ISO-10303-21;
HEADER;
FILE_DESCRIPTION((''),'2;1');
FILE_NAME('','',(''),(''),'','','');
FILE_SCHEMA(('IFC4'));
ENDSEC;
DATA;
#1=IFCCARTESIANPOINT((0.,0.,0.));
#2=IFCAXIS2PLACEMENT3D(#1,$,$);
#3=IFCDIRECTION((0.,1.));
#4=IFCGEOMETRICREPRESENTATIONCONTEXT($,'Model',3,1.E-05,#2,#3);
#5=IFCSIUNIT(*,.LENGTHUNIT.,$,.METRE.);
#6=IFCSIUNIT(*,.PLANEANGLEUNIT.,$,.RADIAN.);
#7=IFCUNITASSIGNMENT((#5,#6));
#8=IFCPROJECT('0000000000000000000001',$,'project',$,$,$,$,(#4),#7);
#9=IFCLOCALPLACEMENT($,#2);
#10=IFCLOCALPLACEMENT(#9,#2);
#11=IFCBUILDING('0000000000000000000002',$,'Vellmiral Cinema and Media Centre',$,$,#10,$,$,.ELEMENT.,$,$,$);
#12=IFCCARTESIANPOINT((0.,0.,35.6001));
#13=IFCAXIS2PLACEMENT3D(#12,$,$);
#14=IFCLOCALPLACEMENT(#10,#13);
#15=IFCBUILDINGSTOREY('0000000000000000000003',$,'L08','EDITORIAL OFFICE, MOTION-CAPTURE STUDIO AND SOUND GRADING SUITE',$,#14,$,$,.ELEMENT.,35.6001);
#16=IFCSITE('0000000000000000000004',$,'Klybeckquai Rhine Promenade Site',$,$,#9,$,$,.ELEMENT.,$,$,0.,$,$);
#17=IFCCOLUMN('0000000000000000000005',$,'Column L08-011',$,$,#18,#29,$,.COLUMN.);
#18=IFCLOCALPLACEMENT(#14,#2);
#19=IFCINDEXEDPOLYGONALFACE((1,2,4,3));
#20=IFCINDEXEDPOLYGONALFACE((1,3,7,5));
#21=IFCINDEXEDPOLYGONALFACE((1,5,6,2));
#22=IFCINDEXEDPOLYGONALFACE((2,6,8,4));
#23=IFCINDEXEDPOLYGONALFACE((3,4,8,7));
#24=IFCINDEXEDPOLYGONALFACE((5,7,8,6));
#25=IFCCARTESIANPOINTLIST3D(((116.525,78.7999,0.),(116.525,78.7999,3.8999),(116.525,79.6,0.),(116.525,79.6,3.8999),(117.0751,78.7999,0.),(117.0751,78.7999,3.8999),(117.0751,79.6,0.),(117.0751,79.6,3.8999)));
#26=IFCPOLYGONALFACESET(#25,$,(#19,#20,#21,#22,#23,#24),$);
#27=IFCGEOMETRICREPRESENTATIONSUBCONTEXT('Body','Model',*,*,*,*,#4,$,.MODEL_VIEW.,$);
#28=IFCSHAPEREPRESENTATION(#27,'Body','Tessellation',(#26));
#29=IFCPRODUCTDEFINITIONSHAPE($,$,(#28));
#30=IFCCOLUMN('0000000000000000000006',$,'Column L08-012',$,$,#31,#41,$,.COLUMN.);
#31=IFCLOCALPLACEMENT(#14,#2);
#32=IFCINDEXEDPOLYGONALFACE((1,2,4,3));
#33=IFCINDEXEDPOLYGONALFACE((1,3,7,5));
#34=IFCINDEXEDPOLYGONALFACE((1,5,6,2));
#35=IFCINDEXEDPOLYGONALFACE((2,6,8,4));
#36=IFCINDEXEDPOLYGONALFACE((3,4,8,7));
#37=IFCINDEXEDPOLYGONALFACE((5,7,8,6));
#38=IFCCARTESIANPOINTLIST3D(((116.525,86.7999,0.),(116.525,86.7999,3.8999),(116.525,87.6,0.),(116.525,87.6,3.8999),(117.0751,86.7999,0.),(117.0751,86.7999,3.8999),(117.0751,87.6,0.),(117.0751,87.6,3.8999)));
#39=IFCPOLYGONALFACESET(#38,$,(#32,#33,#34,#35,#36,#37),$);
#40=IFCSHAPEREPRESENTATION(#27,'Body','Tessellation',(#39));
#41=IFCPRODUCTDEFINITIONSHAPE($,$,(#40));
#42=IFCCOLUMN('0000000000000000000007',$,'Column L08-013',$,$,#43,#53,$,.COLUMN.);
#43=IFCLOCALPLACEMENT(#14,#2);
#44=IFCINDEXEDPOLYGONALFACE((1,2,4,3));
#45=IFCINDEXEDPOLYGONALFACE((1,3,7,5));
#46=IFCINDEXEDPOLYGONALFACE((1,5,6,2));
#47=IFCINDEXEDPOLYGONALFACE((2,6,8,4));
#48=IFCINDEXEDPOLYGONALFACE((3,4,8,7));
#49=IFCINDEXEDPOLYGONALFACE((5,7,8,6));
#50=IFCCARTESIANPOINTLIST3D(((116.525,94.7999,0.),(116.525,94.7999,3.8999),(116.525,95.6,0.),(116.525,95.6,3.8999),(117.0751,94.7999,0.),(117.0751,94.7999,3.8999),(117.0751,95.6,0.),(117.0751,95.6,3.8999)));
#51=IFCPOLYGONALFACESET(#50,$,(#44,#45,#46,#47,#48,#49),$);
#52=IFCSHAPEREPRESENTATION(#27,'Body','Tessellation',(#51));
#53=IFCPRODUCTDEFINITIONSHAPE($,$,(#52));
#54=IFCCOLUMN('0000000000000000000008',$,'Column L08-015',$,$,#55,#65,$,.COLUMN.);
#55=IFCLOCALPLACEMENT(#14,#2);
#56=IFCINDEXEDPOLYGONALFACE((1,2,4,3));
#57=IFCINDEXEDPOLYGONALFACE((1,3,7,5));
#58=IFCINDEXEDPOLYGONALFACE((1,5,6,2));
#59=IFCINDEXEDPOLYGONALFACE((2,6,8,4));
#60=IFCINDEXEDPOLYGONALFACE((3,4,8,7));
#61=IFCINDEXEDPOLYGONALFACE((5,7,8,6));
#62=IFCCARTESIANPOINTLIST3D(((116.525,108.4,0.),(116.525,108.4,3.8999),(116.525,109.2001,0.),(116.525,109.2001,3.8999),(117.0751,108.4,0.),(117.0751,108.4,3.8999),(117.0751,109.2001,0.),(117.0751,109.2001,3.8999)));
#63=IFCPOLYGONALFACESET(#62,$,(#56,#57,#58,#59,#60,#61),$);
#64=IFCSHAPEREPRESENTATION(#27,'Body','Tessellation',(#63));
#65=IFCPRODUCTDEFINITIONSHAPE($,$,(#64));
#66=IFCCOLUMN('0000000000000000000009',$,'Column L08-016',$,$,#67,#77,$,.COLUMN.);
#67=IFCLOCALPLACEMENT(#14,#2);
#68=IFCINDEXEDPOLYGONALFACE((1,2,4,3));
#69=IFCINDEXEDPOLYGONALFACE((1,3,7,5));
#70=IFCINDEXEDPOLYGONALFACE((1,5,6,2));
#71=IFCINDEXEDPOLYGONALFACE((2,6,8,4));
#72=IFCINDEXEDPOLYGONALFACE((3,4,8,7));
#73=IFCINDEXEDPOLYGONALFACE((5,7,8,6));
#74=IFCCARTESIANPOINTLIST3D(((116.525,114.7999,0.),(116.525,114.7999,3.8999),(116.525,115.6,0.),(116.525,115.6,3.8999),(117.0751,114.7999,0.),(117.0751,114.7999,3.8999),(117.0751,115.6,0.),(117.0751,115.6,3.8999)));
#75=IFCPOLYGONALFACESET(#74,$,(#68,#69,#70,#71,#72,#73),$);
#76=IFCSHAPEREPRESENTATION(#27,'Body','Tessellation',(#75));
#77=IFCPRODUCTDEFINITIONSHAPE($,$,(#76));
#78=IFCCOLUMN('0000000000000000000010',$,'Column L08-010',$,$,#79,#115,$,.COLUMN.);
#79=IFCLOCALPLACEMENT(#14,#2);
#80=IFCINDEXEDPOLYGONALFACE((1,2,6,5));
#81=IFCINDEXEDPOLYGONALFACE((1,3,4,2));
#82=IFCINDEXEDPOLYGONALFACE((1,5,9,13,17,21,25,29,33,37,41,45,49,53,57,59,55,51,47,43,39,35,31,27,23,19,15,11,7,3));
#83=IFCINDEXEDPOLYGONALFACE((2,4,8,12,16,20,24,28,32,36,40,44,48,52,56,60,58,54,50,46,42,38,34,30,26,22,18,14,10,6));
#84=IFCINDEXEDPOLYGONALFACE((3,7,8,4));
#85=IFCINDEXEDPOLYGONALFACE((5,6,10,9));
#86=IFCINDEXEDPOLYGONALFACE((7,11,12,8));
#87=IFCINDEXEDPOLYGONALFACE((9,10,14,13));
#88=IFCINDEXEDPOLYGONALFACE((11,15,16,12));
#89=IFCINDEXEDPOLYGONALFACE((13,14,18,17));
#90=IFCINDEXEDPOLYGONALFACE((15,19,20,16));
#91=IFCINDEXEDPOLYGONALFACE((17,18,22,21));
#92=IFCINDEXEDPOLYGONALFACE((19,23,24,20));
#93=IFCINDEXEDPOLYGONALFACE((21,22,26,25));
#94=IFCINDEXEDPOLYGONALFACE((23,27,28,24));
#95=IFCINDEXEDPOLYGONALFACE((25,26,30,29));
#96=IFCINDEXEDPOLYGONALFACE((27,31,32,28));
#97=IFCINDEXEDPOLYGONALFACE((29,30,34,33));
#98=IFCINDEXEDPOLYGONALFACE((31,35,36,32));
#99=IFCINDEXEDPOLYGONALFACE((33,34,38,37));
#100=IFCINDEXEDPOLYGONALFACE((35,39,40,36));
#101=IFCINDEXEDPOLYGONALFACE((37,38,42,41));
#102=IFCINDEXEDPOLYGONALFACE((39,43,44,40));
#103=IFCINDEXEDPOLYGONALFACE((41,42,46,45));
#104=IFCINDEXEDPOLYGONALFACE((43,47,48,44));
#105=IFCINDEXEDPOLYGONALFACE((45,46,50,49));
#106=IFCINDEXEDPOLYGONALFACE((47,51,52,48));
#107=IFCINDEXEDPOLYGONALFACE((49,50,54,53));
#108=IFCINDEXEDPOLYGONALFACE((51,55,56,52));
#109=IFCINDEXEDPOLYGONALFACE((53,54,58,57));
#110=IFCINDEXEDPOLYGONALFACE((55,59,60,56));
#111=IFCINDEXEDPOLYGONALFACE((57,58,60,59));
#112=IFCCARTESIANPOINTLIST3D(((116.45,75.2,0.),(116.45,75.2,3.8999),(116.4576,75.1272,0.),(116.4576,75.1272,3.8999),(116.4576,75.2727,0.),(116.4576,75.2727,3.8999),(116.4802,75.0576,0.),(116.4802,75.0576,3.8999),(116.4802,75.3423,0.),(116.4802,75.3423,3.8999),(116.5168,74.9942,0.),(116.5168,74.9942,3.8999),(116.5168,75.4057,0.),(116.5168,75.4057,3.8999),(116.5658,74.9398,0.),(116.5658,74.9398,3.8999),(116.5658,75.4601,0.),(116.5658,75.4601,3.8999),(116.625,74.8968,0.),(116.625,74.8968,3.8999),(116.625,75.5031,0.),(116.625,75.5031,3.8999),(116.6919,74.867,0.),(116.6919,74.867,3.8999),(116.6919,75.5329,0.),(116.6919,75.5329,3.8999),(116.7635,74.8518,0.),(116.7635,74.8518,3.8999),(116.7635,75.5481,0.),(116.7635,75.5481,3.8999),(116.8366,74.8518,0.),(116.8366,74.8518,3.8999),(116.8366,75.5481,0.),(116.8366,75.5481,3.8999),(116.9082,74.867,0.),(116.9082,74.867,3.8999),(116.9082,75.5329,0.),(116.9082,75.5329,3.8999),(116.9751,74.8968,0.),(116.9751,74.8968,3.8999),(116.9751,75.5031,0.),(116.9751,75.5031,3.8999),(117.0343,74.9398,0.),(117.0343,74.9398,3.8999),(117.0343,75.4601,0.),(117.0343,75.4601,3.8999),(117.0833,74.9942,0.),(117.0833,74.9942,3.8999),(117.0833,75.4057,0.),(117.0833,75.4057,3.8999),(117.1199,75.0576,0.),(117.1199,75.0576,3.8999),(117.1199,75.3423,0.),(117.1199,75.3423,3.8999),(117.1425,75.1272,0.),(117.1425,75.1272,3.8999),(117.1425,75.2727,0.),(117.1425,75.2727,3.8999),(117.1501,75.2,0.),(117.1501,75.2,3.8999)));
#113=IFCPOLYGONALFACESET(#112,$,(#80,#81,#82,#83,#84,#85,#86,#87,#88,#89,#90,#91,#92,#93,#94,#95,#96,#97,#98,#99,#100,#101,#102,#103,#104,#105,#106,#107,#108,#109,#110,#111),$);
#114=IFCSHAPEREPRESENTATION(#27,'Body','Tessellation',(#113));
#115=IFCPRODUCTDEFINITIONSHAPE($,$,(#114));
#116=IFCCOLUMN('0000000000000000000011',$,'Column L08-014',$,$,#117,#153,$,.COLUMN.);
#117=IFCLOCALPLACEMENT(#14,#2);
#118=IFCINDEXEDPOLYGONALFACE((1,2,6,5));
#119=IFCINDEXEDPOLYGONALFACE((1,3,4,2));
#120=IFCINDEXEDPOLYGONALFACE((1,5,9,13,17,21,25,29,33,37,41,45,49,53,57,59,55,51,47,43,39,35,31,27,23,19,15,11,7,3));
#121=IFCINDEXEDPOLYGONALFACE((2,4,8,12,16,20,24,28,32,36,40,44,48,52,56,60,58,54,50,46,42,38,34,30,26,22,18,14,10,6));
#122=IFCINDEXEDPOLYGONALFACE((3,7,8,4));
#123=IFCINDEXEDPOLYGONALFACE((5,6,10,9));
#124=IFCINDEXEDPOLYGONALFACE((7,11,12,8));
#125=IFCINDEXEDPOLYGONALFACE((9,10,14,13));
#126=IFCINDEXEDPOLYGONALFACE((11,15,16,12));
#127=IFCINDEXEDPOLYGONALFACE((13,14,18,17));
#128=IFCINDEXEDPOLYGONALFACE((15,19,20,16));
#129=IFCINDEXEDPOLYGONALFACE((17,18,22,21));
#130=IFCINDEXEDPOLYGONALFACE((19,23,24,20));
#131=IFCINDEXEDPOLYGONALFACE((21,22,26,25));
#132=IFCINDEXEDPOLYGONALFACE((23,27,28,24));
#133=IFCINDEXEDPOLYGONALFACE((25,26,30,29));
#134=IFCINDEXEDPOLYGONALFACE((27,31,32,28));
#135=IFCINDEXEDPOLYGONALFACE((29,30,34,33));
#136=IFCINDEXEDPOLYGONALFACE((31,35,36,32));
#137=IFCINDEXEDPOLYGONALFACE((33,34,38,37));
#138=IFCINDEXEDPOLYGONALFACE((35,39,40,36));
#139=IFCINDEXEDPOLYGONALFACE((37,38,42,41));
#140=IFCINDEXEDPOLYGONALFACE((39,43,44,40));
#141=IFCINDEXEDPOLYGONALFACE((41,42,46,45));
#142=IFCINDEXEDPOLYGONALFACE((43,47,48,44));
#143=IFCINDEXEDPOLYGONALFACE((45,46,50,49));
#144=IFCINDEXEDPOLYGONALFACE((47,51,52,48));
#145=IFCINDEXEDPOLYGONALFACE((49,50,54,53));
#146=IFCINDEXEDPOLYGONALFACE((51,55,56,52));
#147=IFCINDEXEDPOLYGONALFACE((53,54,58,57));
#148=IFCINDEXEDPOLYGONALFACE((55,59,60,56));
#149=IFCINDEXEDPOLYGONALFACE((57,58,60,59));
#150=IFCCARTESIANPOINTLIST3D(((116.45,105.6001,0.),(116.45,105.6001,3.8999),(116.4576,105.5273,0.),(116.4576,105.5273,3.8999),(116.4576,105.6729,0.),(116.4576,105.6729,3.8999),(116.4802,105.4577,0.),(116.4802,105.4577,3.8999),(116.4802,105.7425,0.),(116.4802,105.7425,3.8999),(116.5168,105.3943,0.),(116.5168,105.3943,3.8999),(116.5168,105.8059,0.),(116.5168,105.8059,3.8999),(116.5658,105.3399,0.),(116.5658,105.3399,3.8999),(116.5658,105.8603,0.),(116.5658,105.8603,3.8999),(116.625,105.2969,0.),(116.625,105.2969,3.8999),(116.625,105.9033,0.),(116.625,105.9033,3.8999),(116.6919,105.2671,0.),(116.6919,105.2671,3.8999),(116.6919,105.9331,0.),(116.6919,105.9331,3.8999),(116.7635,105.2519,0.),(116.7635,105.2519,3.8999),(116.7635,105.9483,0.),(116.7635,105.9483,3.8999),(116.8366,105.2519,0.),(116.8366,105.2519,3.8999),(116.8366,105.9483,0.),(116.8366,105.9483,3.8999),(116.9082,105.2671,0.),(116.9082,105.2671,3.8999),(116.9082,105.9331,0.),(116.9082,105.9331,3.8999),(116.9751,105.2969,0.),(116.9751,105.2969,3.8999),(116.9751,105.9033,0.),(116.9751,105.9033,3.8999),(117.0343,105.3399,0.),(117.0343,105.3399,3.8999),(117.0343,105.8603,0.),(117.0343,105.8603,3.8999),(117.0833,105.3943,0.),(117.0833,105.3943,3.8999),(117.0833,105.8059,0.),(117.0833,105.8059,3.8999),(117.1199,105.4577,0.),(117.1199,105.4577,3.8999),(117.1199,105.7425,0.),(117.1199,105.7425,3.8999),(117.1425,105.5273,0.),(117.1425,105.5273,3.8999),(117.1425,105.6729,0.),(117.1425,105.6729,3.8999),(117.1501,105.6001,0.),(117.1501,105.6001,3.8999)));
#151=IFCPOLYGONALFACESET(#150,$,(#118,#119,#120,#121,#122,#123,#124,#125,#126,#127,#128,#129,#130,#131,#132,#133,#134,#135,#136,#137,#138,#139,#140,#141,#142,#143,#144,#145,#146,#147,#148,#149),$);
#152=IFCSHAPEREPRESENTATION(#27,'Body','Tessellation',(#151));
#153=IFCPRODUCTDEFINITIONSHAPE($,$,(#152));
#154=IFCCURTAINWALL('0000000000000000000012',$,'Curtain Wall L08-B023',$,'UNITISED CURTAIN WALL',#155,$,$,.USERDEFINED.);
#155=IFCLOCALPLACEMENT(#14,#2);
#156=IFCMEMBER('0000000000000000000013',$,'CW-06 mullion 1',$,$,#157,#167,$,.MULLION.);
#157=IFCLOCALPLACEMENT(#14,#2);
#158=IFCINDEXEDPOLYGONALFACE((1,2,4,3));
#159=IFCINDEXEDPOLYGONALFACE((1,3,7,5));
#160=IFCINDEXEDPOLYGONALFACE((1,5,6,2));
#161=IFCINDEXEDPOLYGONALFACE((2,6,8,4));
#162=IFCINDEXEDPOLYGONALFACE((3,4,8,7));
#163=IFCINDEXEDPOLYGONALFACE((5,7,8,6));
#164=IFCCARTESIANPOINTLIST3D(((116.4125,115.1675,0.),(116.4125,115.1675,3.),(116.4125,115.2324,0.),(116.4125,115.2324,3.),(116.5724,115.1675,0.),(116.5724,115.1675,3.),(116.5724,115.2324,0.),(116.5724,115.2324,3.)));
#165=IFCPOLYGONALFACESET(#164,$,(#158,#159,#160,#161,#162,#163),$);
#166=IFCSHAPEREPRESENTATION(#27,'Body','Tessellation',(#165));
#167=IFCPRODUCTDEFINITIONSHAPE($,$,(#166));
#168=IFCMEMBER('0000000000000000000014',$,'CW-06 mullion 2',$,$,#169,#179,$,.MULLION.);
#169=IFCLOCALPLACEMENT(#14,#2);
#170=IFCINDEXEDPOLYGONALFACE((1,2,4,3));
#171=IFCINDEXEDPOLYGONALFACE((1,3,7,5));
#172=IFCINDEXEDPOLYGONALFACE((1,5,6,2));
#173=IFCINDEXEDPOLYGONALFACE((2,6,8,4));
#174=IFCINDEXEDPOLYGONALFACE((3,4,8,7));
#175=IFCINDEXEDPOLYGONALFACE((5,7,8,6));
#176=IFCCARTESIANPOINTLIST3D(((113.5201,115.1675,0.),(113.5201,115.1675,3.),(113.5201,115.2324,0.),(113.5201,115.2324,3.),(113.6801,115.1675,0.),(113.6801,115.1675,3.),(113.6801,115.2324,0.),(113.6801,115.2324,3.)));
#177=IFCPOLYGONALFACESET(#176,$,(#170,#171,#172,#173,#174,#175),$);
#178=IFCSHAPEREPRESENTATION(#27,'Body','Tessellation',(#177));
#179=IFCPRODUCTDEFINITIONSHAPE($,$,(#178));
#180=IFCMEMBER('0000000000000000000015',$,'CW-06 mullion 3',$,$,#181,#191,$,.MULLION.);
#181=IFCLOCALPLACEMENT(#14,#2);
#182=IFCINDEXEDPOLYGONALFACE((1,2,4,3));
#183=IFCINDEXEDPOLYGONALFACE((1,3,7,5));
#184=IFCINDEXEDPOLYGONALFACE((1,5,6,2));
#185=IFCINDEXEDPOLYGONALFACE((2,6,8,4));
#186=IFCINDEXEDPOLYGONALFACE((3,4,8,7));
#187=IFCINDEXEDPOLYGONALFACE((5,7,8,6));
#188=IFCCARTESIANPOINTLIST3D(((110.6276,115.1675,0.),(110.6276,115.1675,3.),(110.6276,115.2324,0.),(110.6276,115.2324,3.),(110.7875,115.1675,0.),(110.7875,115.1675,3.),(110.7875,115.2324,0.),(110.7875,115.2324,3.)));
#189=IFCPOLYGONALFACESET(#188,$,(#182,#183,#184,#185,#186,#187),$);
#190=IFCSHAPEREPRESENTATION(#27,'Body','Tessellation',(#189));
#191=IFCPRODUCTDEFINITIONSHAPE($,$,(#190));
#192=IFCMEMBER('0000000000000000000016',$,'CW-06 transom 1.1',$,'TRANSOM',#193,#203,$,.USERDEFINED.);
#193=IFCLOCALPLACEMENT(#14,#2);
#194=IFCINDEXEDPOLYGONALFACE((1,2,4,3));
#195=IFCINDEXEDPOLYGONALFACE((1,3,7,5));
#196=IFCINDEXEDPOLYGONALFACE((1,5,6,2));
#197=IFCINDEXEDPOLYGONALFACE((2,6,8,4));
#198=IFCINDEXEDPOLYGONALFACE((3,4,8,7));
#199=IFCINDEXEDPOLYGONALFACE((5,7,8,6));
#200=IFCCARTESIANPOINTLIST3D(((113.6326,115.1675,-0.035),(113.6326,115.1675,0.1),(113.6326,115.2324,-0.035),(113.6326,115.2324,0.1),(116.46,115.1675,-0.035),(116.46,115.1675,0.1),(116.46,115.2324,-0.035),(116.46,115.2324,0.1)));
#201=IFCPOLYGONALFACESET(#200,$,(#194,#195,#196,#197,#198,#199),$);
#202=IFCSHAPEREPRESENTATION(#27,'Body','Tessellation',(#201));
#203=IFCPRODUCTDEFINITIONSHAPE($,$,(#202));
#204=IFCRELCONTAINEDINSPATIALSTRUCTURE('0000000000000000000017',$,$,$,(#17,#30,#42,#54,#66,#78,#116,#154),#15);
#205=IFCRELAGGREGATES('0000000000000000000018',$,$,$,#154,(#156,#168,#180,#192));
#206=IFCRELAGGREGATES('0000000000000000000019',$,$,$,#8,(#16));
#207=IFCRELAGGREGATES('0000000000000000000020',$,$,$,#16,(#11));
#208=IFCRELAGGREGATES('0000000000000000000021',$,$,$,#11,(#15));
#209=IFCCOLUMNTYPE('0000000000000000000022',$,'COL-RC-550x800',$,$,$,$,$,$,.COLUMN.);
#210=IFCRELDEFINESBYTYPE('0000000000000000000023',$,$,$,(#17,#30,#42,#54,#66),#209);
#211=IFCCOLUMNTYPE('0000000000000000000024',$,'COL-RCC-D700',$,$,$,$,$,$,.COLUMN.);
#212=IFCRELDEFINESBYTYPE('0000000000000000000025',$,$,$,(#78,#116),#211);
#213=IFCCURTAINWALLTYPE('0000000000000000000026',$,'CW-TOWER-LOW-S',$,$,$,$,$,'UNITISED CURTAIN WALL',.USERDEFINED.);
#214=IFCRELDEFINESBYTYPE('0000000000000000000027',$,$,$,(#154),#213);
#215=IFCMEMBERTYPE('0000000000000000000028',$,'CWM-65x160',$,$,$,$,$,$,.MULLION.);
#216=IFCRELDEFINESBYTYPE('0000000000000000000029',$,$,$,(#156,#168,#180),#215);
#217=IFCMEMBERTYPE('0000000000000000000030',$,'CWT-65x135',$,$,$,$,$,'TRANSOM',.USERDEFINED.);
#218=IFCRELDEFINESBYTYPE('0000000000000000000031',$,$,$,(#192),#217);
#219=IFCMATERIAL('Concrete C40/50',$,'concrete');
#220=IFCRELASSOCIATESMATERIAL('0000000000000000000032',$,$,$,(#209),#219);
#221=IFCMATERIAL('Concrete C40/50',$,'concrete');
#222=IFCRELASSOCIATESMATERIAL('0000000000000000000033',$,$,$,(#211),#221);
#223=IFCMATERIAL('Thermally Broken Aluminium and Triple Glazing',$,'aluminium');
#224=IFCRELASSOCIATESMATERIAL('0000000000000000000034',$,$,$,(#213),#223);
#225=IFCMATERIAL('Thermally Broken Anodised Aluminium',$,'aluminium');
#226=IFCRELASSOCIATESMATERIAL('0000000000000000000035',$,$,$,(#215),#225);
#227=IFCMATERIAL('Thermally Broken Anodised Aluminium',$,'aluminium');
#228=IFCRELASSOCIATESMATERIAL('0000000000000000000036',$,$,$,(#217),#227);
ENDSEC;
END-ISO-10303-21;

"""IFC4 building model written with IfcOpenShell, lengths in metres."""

from ifc_helpers import new_model, si_unit, direction, frame, origin, origin_2d, place, context, subcontext, project, spatial, rectangle, circle, extrude, material, material_profile, profile_set, type_object, element, aggregate, save


model = new_model("IFC4")

# Units and contexts
model_context = context("Model", 3, precision=1e-05, world=origin(), true_north=direction((0.0, 1.0)))
body_context = subcontext(model_context, "Body", "Model", "MODEL_VIEW")
ifc_project = project(units=[si_unit("LENGTHUNIT", "METRE"), si_unit("PLANEANGLEUNIT", "RADIAN")], contexts=[model_context])

# Site, building, storey
site_placement = place(None, origin())
site = spatial("IfcSite", under=ifc_project, at=site_placement, Name="Klybeckquai Rhine Promenade Site", CompositionType="ELEMENT", RefElevation=0.0)
building_placement = place(site_placement, origin())
building = spatial("IfcBuilding", under=site, at=building_placement, Name="Vellmiral Cinema and Media Centre", CompositionType="ELEMENT")
storey_placement = place(building_placement, frame((0.0, 0.0, 35.6001)))
storey = spatial("IfcBuildingStorey", under=building, at=storey_placement, Name="L08", Description="EDITORIAL OFFICE, MOTION-CAPTURE STUDIO AND SOUND GRADING SUITE", CompositionType="ELEMENT", Elevation=35.6001)

# Columns
ifc_material_1 = material(Name="Concrete C40/50", Category="concrete")
ifc_material_profile_1 = material_profile(ifc_material_1, rectangle(XDim=0.55, YDim=0.8, at=origin_2d()), Name="RC 550x800")
ifc_profile_set_1 = profile_set([ifc_material_profile_1], Name="Concrete C40/50")
column_type_1 = type_object("IfcColumnType", Name="COL-RC-550x800", PredefinedType="COLUMN", material=ifc_profile_set_1)
for number, where, z_axis, x_axis, name in (
    (1, (116.8, 79.2, 0.0), (0.0, 0.0, 1.0), (1.0, 0.0, 0.0), "Column L08-011"),
    (2, (116.8, 87.2, 0.0), (0.0, 0.0, 1.0), (1.0, 0.0, 0.0), "Column L08-012"),
    (3, (116.8, 95.2, 0.0), (0.0, 0.0, 1.0), (1.0, 0.0, 0.0), "Column L08-013"),
    (4, (116.8, 108.8, 0.0), (0.0, 0.0, 1.0), (1.0, 0.0, 0.0), "Column L08-015"),
    (5, (116.8, 115.2, 0.0), (0.0, 0.0, 1.0), (1.0, 0.0, 0.0), "Column L08-016"),
):
    element("IfcColumn", number, at=place(storey_placement, frame(where, z_axis=z_axis, x_axis=x_axis)), inside=storey, type_object=column_type_1, Name=name, PredefinedType="COLUMN", context=body_context, shape_type="SweptSolid", body=[
        extrude(rectangle(XDim=0.55, YDim=0.8, at=origin_2d()), origin(), (0.0, 0.0, 1.0), 3.8999),
    ])
ifc_material_2 = material(Name="Concrete C40/50", Category="concrete")
ifc_material_profile_2 = material_profile(ifc_material_2, circle(Radius=0.3501, at=origin_2d()), Name="RC D700")
ifc_profile_set_2 = profile_set([ifc_material_profile_2], Name="Concrete C40/50")
column_type_2 = type_object("IfcColumnType", Name="COL-RCC-D700", PredefinedType="COLUMN", material=ifc_profile_set_2)
for number, where, z_axis, x_axis, name in (
    (6, (116.8, 75.2, 0.0), (0.0, 0.0, 1.0), (1.0, 0.0, 0.0), "Column L08-010"),
    (7, (116.8, 105.6001, 0.0), (0.0, 0.0, 1.0), (1.0, 0.0, 0.0), "Column L08-014"),
):
    element("IfcColumn", number, at=place(storey_placement, frame(where, z_axis=z_axis, x_axis=x_axis)), inside=storey, type_object=column_type_2, Name=name, PredefinedType="COLUMN", context=body_context, shape_type="SweptSolid", body=[
        extrude(circle(Radius=0.3501, at=origin_2d()), origin(), (0.0, 0.0, 1.0), 3.8999),
    ])

# Curtain wall, members
ifc_material_3 = material(Name="Thermally Broken Aluminium and Triple Glazing", Category="aluminium")
curtain_wall_type_1 = type_object("IfcCurtainWallType", Name="CW-TOWER-LOW-S", ElementType="UNITISED CURTAIN WALL", PredefinedType="USERDEFINED", material=ifc_material_3)
curtain_wall_1_placement = place(storey_placement, origin())
curtain_wall_1 = element("IfcCurtainWall", 8, at=curtain_wall_1_placement, inside=storey, type_object=curtain_wall_type_1, Name="Curtain Wall L08-B023", ObjectType="UNITISED CURTAIN WALL", PredefinedType="USERDEFINED")
ifc_material_4 = material(Name="Thermally Broken Anodised Aluminium", Category="aluminium")
ifc_material_profile_3 = material_profile(ifc_material_4, rectangle(XDim=0.0649, YDim=0.1599, at=origin_2d()), Name="MULL 65x160")
ifc_profile_set_3 = profile_set([ifc_material_profile_3], Name="Thermally Broken Anodised Aluminium")
member_type_1 = type_object("IfcMemberType", Name="CWM-65x160", PredefinedType="MULLION", material=ifc_profile_set_3)
member_1_placement = place(storey_placement, frame((116.4924, 115.2, 0.0), z_axis=(0.0, 0.0, 1.0), x_axis=(0.0, -1.0, 0.0)))
member_1 = element("IfcMember", 9, at=member_1_placement, type_object=member_type_1, Name="CW-06 mullion 1", PredefinedType="MULLION", context=body_context, shape_type="SweptSolid", body=[
    extrude(rectangle(XDim=0.0649, YDim=0.1599, at=origin_2d()), origin(), (0.0, 0.0, 1.0), 3.0),
])
member_2_placement = place(storey_placement, frame((113.6001, 115.2, 0.0), z_axis=(0.0, 0.0, 1.0), x_axis=(0.0, -1.0, 0.0)))
member_2 = element("IfcMember", 10, at=member_2_placement, type_object=member_type_1, Name="CW-06 mullion 2", PredefinedType="MULLION", context=body_context, shape_type="SweptSolid", body=[
    extrude(rectangle(XDim=0.0649, YDim=0.1599, at=origin_2d()), origin(), (0.0, 0.0, 1.0), 3.0),
])
member_3_placement = place(storey_placement, frame((110.7075, 115.2, 0.0), z_axis=(0.0, 0.0, 1.0), x_axis=(0.0, -1.0, 0.0)))
member_3 = element("IfcMember", 11, at=member_3_placement, type_object=member_type_1, Name="CW-06 mullion 3", PredefinedType="MULLION", context=body_context, shape_type="SweptSolid", body=[
    extrude(rectangle(XDim=0.0649, YDim=0.1599, at=origin_2d()), origin(), (0.0, 0.0, 1.0), 3.0),
])
ifc_material_5 = material(Name="Thermally Broken Anodised Aluminium", Category="aluminium")
ifc_material_profile_4 = material_profile(ifc_material_5, rectangle(XDim=0.0649, YDim=0.135, at=origin_2d()), Name="MULL 65x135")
ifc_profile_set_4 = profile_set([ifc_material_profile_4], Name="Thermally Broken Anodised Aluminium")
member_type_2 = type_object("IfcMemberType", Name="CWT-65x135", ElementType="TRANSOM", PredefinedType="USERDEFINED", material=ifc_profile_set_4)
member_4_placement = place(storey_placement, frame((116.46, 115.2, 0.0325), z_axis=(-1.0, 0.0, 0.0), x_axis=(0.0, -1.0, 0.0)))
member_4 = element("IfcMember", 12, at=member_4_placement, type_object=member_type_2, Name="CW-06 transom 1.1", ObjectType="TRANSOM", PredefinedType="USERDEFINED", context=body_context, shape_type="SweptSolid", body=[
    extrude(rectangle(XDim=0.0649, YDim=0.135, at=origin_2d()), origin(), (0.0, 0.0, 1.0), 2.8274),
])

aggregate(curtain_wall_1, [member_1, member_2, member_3, member_4])

save(model, "model.ifc")
